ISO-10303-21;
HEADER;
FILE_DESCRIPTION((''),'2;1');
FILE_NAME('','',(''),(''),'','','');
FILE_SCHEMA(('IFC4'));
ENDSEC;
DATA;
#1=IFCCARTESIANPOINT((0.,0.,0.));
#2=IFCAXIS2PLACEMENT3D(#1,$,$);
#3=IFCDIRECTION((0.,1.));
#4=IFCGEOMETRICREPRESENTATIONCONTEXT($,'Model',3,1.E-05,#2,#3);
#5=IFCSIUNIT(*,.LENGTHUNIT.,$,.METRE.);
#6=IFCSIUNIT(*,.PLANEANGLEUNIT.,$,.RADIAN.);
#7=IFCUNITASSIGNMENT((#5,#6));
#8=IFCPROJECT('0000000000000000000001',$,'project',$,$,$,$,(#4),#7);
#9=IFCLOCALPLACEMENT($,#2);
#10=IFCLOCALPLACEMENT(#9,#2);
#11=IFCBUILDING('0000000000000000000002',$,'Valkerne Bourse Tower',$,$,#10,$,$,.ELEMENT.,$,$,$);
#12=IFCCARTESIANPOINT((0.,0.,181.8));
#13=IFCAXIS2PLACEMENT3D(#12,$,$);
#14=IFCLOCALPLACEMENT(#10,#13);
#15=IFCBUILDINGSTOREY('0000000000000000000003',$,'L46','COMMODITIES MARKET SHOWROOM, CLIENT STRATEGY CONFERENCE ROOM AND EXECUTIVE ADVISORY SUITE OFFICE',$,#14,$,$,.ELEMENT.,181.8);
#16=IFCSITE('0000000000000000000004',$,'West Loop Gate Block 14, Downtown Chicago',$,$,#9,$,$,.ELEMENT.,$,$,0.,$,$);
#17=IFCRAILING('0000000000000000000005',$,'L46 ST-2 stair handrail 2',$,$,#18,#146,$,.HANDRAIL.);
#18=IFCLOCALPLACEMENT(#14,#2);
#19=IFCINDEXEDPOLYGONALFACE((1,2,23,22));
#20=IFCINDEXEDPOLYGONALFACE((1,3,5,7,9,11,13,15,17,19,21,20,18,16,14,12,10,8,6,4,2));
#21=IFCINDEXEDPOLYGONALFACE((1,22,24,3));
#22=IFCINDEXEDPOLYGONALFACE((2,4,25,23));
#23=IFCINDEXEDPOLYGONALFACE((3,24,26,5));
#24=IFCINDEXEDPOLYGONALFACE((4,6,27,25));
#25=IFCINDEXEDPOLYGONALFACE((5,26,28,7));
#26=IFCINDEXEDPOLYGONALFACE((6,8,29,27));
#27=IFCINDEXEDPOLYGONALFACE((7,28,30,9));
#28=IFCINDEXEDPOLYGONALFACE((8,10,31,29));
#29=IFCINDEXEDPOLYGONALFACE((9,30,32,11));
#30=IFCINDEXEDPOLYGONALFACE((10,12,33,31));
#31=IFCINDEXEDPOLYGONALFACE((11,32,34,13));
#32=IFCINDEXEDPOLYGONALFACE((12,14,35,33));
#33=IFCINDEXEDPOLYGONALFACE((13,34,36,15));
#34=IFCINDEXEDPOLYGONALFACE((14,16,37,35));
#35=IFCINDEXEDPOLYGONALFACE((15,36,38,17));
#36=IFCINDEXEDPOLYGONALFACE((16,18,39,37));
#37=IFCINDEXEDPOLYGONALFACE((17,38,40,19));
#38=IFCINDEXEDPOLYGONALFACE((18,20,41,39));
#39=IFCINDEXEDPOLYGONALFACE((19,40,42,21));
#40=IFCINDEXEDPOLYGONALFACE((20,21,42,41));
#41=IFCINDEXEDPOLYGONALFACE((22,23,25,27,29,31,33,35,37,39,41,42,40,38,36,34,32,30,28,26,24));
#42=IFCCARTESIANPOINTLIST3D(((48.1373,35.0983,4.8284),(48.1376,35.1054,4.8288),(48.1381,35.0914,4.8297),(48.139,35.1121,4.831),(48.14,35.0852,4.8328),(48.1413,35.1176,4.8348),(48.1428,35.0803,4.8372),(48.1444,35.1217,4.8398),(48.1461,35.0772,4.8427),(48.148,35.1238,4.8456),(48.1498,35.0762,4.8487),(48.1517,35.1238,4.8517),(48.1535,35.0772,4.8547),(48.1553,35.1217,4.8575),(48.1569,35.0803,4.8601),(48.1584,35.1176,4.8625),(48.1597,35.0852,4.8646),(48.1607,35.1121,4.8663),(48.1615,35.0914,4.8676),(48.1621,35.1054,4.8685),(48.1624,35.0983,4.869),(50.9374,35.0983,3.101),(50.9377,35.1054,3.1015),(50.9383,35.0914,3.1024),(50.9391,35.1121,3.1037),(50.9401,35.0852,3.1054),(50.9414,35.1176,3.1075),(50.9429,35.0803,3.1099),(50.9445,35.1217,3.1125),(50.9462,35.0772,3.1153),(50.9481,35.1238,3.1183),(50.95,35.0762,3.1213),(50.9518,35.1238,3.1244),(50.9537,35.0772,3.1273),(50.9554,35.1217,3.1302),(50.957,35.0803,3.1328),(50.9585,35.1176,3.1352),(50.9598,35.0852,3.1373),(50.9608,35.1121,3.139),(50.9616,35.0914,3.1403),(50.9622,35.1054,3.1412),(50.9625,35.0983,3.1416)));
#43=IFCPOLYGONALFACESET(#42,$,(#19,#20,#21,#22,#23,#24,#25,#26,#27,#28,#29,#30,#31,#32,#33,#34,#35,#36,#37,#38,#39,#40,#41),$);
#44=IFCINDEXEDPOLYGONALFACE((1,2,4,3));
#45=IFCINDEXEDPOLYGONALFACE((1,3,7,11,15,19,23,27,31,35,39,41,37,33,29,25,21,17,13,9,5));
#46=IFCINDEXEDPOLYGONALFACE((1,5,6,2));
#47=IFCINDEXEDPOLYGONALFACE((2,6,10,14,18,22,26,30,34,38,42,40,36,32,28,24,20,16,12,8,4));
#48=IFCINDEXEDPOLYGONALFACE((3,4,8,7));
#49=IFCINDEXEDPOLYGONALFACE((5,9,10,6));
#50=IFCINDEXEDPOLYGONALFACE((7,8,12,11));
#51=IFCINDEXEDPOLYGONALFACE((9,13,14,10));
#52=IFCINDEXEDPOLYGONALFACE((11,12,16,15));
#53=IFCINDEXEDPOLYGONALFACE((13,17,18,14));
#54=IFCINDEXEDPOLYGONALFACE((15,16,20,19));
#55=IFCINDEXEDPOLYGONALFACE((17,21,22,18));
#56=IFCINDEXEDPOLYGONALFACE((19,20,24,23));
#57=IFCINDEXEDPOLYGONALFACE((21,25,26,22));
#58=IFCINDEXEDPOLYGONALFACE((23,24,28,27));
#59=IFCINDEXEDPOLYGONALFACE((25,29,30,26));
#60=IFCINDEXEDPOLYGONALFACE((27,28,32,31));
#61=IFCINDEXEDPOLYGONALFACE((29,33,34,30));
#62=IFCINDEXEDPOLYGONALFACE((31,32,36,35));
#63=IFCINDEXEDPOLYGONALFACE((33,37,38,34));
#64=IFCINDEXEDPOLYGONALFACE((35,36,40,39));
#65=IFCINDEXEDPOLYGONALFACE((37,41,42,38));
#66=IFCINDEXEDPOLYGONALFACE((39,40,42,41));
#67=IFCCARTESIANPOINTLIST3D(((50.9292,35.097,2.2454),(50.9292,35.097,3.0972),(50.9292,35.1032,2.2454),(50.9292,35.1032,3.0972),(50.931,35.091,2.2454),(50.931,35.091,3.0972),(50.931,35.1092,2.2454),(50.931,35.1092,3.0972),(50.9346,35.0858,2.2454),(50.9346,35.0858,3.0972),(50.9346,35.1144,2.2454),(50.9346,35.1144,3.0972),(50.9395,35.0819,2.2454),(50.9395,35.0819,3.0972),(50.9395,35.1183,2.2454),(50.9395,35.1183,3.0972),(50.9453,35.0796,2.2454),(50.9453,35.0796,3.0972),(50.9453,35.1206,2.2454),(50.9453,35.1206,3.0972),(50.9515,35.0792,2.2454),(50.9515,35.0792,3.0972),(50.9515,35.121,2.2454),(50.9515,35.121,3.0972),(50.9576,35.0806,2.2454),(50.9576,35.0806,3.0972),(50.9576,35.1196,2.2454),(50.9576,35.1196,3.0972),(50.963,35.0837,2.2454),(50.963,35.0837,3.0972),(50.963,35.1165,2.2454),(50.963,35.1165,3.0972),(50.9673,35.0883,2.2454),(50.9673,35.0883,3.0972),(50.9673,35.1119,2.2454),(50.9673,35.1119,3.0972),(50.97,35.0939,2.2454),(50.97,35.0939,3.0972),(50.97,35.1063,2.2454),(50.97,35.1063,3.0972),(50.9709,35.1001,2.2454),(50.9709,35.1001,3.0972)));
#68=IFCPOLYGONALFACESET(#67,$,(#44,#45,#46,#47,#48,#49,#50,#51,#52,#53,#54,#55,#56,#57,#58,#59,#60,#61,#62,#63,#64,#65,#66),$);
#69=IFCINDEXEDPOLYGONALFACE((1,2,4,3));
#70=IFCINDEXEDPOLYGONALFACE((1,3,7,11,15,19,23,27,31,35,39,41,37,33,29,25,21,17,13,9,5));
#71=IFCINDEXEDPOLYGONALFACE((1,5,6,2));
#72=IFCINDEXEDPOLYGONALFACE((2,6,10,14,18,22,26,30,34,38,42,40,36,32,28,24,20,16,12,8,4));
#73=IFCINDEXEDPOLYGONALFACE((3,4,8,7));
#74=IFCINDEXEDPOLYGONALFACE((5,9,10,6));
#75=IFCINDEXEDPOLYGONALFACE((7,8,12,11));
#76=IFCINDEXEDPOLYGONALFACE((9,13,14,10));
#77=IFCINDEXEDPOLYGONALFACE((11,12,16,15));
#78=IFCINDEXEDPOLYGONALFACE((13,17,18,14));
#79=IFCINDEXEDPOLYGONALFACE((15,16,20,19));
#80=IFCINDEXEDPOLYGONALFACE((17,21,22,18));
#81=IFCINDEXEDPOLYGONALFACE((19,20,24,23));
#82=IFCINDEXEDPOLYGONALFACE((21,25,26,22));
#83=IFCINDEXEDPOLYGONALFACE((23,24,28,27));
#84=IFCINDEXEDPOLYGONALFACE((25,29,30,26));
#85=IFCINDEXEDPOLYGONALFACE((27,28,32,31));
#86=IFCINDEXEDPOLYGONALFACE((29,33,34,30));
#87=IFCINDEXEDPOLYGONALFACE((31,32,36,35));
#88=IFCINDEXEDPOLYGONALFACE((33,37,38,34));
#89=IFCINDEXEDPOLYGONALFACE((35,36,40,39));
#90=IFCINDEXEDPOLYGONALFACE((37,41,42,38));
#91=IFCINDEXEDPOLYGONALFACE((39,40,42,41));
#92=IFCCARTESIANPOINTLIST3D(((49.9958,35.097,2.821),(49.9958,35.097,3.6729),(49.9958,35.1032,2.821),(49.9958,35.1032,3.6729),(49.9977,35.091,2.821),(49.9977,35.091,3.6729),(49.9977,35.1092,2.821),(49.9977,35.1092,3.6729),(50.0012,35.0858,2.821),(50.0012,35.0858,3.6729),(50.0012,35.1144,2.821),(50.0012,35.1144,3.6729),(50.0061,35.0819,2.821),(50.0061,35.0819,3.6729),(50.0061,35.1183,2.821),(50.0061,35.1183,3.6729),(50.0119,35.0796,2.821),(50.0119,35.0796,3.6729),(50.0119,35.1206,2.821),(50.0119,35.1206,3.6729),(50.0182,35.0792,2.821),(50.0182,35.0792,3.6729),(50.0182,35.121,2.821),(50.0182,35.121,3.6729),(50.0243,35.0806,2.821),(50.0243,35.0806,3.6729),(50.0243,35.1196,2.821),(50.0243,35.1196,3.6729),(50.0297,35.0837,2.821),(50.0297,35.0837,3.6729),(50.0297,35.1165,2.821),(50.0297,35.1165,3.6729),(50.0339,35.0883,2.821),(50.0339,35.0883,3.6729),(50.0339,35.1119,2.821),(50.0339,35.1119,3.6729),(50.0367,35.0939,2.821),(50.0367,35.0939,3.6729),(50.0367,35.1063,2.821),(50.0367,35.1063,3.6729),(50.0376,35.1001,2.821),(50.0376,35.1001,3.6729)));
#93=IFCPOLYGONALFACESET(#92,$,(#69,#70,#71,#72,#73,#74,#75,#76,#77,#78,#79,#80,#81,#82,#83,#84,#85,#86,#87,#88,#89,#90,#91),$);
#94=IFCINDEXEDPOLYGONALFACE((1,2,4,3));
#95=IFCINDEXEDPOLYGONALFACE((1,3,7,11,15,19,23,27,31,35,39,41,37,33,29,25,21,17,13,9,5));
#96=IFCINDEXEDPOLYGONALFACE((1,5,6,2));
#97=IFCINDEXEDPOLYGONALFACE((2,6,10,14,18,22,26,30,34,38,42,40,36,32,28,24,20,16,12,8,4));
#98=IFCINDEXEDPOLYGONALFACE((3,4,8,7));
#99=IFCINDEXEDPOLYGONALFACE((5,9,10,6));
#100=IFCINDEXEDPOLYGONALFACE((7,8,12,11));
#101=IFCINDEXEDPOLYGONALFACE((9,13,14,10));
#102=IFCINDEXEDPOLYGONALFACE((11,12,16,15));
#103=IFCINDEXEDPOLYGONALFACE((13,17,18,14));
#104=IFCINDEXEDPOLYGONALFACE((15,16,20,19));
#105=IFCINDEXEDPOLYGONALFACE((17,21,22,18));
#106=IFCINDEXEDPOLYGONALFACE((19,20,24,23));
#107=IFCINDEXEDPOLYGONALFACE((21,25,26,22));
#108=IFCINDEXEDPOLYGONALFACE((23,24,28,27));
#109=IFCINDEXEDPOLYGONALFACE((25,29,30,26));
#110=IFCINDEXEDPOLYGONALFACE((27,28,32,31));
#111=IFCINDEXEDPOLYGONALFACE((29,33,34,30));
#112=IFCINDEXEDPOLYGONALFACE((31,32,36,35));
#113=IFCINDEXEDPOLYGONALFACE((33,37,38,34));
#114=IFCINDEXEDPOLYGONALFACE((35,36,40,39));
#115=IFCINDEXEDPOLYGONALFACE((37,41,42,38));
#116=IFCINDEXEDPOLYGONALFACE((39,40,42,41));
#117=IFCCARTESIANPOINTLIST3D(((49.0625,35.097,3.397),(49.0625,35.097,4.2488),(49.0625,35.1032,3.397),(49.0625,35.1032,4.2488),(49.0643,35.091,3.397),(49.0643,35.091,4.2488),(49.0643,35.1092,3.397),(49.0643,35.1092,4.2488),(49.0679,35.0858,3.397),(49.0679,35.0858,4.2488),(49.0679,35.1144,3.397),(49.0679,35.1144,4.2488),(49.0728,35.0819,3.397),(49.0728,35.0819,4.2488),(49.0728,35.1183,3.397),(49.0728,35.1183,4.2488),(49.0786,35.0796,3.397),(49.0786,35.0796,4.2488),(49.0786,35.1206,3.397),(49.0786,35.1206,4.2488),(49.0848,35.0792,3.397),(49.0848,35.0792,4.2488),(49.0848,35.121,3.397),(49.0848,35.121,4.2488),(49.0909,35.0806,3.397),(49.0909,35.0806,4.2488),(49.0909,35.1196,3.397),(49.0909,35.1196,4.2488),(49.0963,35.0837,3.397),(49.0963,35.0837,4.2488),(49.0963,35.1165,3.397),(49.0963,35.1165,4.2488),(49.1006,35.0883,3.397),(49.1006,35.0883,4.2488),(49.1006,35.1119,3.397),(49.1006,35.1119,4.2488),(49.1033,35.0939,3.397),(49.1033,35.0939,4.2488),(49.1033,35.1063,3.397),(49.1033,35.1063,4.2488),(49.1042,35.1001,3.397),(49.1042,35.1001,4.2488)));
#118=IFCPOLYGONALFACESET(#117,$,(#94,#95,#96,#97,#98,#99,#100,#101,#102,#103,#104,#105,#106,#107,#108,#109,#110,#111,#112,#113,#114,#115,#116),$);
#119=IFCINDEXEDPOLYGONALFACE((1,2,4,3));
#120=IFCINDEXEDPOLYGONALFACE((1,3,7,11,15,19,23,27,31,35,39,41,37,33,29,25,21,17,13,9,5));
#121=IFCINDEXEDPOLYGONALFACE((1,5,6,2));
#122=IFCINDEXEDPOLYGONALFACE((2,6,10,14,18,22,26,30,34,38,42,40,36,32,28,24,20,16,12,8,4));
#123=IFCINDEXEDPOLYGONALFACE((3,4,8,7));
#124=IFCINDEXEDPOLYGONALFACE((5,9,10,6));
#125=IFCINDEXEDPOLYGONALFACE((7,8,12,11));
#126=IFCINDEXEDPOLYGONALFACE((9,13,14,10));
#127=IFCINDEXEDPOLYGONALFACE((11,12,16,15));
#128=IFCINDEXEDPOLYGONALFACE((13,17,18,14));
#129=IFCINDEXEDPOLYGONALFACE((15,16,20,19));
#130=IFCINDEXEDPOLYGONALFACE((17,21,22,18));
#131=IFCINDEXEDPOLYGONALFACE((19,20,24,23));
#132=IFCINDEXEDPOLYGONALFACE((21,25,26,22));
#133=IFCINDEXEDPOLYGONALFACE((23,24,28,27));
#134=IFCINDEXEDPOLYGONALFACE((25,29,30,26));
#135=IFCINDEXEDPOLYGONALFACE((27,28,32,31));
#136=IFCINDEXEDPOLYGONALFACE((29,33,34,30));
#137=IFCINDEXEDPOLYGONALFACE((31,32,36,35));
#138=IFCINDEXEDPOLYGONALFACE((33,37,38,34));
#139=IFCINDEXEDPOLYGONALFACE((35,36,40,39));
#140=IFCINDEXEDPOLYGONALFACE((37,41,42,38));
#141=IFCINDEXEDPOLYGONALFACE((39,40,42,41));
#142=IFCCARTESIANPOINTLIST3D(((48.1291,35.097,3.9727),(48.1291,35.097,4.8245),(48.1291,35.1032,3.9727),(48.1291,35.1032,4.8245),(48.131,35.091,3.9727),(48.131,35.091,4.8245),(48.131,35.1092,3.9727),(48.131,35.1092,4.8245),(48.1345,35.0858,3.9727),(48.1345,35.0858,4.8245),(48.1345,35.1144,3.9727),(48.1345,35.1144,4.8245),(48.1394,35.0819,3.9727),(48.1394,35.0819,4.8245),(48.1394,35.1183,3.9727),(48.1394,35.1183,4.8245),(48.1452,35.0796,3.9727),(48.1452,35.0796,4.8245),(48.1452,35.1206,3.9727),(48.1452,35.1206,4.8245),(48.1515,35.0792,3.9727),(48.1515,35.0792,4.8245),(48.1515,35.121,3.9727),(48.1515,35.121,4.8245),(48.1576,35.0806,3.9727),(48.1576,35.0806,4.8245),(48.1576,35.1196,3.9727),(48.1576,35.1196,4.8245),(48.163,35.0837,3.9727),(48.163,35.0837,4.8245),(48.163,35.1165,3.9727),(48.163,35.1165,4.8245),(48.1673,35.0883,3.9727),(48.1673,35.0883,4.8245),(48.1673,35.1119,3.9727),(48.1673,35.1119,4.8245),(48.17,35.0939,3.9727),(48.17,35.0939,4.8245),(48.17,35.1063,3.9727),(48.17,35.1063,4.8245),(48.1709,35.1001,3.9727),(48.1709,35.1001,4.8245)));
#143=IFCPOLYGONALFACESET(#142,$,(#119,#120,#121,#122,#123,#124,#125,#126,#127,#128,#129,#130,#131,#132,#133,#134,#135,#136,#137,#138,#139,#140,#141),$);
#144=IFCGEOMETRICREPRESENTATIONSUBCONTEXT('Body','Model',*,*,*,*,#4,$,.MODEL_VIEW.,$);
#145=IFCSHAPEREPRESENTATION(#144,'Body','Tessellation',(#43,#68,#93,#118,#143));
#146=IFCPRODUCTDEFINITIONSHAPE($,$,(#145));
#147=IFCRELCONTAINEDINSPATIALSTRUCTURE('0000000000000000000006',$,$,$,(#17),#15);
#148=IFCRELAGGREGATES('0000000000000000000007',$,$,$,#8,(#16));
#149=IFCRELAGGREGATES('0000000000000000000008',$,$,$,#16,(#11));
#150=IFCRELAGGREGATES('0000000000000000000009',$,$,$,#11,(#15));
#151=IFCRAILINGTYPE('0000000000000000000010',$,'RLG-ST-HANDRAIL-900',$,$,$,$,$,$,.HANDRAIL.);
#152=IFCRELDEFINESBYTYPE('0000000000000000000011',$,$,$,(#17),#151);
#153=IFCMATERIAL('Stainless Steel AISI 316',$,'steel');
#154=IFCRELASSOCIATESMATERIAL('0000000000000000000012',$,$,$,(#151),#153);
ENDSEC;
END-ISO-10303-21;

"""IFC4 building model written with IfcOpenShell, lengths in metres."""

from ifc_helpers import new_model, si_unit, direction, frame, origin, origin_2d, place, context, subcontext, project, spatial, circle, extrude, material, type_object, element, save


model = new_model("IFC4")

# Units and contexts
model_context = context("Model", 3, precision=1e-05, world=origin(), true_north=direction((0.0, 1.0)))
body_context = subcontext(model_context, "Body", "Model", "MODEL_VIEW")
ifc_project = project(units=[si_unit("LENGTHUNIT", "METRE"), si_unit("PLANEANGLEUNIT", "RADIAN")], contexts=[model_context])

# Site, building, storey
site_placement = place(None, origin())
site = spatial("IfcSite", under=ifc_project, at=site_placement, Name="West Loop Gate Block 14, Downtown Chicago", CompositionType="ELEMENT", RefElevation=0.0)
building_placement = place(site_placement, origin())
building = spatial("IfcBuilding", under=site, at=building_placement, Name="Valkerne Bourse Tower", CompositionType="ELEMENT")
storey_placement = place(building_placement, frame((0.0, 0.0, 181.8)))
storey = spatial("IfcBuildingStorey", under=building, at=storey_placement, Name="L46", Description="COMMODITIES MARKET SHOWROOM, CLIENT STRATEGY CONFERENCE ROOM AND EXECUTIVE ADVISORY SUITE OFFICE", CompositionType="ELEMENT", Elevation=181.8)

# Shared definitions
ifc_material_1 = material(Name="Stainless Steel AISI 316", Category="steel")

# Railing
railing_type_1 = type_object("IfcRailingType", Name="RLG-ST-HANDRAIL-900", PredefinedType="HANDRAIL", material=ifc_material_1)
railing_1_placement = place(storey_placement, frame((50.95, 35.1001, 2.2454)))
element("IfcRailing", 1, at=railing_1_placement, inside=storey, type_object=railing_type_1, Name="L46 ST-2 stair handrail 2", PredefinedType="HANDRAIL", context=body_context, shape_type="SweptSolid", body=[
    extrude(circle(Radius=0.0239, at=origin_2d()), frame((0.0, 0.0, 0.876), z_axis=(-0.85109, 0.0, 0.52502), x_axis=(0.0, -1.0, 0.0)), (0.0, 0.0, 1.0), 3.29),
    extrude(circle(Radius=0.021, at=origin_2d()), origin(), (0.0, 0.0, 1.0), 0.8518),
    extrude(circle(Radius=0.021, at=origin_2d()), frame((-0.9333, 0.0, 0.5757)), (0.0, 0.0, 1.0), 0.8518),
    extrude(circle(Radius=0.021, at=origin_2d()), frame((-1.8667, 0.0, 1.1516)), (0.0, 0.0, 1.0), 0.8518),
    extrude(circle(Radius=0.021, at=origin_2d()), frame((-2.8, 0.0, 1.7273)), (0.0, 0.0, 1.0), 0.8518),
])

save(model, "model.ifc")
